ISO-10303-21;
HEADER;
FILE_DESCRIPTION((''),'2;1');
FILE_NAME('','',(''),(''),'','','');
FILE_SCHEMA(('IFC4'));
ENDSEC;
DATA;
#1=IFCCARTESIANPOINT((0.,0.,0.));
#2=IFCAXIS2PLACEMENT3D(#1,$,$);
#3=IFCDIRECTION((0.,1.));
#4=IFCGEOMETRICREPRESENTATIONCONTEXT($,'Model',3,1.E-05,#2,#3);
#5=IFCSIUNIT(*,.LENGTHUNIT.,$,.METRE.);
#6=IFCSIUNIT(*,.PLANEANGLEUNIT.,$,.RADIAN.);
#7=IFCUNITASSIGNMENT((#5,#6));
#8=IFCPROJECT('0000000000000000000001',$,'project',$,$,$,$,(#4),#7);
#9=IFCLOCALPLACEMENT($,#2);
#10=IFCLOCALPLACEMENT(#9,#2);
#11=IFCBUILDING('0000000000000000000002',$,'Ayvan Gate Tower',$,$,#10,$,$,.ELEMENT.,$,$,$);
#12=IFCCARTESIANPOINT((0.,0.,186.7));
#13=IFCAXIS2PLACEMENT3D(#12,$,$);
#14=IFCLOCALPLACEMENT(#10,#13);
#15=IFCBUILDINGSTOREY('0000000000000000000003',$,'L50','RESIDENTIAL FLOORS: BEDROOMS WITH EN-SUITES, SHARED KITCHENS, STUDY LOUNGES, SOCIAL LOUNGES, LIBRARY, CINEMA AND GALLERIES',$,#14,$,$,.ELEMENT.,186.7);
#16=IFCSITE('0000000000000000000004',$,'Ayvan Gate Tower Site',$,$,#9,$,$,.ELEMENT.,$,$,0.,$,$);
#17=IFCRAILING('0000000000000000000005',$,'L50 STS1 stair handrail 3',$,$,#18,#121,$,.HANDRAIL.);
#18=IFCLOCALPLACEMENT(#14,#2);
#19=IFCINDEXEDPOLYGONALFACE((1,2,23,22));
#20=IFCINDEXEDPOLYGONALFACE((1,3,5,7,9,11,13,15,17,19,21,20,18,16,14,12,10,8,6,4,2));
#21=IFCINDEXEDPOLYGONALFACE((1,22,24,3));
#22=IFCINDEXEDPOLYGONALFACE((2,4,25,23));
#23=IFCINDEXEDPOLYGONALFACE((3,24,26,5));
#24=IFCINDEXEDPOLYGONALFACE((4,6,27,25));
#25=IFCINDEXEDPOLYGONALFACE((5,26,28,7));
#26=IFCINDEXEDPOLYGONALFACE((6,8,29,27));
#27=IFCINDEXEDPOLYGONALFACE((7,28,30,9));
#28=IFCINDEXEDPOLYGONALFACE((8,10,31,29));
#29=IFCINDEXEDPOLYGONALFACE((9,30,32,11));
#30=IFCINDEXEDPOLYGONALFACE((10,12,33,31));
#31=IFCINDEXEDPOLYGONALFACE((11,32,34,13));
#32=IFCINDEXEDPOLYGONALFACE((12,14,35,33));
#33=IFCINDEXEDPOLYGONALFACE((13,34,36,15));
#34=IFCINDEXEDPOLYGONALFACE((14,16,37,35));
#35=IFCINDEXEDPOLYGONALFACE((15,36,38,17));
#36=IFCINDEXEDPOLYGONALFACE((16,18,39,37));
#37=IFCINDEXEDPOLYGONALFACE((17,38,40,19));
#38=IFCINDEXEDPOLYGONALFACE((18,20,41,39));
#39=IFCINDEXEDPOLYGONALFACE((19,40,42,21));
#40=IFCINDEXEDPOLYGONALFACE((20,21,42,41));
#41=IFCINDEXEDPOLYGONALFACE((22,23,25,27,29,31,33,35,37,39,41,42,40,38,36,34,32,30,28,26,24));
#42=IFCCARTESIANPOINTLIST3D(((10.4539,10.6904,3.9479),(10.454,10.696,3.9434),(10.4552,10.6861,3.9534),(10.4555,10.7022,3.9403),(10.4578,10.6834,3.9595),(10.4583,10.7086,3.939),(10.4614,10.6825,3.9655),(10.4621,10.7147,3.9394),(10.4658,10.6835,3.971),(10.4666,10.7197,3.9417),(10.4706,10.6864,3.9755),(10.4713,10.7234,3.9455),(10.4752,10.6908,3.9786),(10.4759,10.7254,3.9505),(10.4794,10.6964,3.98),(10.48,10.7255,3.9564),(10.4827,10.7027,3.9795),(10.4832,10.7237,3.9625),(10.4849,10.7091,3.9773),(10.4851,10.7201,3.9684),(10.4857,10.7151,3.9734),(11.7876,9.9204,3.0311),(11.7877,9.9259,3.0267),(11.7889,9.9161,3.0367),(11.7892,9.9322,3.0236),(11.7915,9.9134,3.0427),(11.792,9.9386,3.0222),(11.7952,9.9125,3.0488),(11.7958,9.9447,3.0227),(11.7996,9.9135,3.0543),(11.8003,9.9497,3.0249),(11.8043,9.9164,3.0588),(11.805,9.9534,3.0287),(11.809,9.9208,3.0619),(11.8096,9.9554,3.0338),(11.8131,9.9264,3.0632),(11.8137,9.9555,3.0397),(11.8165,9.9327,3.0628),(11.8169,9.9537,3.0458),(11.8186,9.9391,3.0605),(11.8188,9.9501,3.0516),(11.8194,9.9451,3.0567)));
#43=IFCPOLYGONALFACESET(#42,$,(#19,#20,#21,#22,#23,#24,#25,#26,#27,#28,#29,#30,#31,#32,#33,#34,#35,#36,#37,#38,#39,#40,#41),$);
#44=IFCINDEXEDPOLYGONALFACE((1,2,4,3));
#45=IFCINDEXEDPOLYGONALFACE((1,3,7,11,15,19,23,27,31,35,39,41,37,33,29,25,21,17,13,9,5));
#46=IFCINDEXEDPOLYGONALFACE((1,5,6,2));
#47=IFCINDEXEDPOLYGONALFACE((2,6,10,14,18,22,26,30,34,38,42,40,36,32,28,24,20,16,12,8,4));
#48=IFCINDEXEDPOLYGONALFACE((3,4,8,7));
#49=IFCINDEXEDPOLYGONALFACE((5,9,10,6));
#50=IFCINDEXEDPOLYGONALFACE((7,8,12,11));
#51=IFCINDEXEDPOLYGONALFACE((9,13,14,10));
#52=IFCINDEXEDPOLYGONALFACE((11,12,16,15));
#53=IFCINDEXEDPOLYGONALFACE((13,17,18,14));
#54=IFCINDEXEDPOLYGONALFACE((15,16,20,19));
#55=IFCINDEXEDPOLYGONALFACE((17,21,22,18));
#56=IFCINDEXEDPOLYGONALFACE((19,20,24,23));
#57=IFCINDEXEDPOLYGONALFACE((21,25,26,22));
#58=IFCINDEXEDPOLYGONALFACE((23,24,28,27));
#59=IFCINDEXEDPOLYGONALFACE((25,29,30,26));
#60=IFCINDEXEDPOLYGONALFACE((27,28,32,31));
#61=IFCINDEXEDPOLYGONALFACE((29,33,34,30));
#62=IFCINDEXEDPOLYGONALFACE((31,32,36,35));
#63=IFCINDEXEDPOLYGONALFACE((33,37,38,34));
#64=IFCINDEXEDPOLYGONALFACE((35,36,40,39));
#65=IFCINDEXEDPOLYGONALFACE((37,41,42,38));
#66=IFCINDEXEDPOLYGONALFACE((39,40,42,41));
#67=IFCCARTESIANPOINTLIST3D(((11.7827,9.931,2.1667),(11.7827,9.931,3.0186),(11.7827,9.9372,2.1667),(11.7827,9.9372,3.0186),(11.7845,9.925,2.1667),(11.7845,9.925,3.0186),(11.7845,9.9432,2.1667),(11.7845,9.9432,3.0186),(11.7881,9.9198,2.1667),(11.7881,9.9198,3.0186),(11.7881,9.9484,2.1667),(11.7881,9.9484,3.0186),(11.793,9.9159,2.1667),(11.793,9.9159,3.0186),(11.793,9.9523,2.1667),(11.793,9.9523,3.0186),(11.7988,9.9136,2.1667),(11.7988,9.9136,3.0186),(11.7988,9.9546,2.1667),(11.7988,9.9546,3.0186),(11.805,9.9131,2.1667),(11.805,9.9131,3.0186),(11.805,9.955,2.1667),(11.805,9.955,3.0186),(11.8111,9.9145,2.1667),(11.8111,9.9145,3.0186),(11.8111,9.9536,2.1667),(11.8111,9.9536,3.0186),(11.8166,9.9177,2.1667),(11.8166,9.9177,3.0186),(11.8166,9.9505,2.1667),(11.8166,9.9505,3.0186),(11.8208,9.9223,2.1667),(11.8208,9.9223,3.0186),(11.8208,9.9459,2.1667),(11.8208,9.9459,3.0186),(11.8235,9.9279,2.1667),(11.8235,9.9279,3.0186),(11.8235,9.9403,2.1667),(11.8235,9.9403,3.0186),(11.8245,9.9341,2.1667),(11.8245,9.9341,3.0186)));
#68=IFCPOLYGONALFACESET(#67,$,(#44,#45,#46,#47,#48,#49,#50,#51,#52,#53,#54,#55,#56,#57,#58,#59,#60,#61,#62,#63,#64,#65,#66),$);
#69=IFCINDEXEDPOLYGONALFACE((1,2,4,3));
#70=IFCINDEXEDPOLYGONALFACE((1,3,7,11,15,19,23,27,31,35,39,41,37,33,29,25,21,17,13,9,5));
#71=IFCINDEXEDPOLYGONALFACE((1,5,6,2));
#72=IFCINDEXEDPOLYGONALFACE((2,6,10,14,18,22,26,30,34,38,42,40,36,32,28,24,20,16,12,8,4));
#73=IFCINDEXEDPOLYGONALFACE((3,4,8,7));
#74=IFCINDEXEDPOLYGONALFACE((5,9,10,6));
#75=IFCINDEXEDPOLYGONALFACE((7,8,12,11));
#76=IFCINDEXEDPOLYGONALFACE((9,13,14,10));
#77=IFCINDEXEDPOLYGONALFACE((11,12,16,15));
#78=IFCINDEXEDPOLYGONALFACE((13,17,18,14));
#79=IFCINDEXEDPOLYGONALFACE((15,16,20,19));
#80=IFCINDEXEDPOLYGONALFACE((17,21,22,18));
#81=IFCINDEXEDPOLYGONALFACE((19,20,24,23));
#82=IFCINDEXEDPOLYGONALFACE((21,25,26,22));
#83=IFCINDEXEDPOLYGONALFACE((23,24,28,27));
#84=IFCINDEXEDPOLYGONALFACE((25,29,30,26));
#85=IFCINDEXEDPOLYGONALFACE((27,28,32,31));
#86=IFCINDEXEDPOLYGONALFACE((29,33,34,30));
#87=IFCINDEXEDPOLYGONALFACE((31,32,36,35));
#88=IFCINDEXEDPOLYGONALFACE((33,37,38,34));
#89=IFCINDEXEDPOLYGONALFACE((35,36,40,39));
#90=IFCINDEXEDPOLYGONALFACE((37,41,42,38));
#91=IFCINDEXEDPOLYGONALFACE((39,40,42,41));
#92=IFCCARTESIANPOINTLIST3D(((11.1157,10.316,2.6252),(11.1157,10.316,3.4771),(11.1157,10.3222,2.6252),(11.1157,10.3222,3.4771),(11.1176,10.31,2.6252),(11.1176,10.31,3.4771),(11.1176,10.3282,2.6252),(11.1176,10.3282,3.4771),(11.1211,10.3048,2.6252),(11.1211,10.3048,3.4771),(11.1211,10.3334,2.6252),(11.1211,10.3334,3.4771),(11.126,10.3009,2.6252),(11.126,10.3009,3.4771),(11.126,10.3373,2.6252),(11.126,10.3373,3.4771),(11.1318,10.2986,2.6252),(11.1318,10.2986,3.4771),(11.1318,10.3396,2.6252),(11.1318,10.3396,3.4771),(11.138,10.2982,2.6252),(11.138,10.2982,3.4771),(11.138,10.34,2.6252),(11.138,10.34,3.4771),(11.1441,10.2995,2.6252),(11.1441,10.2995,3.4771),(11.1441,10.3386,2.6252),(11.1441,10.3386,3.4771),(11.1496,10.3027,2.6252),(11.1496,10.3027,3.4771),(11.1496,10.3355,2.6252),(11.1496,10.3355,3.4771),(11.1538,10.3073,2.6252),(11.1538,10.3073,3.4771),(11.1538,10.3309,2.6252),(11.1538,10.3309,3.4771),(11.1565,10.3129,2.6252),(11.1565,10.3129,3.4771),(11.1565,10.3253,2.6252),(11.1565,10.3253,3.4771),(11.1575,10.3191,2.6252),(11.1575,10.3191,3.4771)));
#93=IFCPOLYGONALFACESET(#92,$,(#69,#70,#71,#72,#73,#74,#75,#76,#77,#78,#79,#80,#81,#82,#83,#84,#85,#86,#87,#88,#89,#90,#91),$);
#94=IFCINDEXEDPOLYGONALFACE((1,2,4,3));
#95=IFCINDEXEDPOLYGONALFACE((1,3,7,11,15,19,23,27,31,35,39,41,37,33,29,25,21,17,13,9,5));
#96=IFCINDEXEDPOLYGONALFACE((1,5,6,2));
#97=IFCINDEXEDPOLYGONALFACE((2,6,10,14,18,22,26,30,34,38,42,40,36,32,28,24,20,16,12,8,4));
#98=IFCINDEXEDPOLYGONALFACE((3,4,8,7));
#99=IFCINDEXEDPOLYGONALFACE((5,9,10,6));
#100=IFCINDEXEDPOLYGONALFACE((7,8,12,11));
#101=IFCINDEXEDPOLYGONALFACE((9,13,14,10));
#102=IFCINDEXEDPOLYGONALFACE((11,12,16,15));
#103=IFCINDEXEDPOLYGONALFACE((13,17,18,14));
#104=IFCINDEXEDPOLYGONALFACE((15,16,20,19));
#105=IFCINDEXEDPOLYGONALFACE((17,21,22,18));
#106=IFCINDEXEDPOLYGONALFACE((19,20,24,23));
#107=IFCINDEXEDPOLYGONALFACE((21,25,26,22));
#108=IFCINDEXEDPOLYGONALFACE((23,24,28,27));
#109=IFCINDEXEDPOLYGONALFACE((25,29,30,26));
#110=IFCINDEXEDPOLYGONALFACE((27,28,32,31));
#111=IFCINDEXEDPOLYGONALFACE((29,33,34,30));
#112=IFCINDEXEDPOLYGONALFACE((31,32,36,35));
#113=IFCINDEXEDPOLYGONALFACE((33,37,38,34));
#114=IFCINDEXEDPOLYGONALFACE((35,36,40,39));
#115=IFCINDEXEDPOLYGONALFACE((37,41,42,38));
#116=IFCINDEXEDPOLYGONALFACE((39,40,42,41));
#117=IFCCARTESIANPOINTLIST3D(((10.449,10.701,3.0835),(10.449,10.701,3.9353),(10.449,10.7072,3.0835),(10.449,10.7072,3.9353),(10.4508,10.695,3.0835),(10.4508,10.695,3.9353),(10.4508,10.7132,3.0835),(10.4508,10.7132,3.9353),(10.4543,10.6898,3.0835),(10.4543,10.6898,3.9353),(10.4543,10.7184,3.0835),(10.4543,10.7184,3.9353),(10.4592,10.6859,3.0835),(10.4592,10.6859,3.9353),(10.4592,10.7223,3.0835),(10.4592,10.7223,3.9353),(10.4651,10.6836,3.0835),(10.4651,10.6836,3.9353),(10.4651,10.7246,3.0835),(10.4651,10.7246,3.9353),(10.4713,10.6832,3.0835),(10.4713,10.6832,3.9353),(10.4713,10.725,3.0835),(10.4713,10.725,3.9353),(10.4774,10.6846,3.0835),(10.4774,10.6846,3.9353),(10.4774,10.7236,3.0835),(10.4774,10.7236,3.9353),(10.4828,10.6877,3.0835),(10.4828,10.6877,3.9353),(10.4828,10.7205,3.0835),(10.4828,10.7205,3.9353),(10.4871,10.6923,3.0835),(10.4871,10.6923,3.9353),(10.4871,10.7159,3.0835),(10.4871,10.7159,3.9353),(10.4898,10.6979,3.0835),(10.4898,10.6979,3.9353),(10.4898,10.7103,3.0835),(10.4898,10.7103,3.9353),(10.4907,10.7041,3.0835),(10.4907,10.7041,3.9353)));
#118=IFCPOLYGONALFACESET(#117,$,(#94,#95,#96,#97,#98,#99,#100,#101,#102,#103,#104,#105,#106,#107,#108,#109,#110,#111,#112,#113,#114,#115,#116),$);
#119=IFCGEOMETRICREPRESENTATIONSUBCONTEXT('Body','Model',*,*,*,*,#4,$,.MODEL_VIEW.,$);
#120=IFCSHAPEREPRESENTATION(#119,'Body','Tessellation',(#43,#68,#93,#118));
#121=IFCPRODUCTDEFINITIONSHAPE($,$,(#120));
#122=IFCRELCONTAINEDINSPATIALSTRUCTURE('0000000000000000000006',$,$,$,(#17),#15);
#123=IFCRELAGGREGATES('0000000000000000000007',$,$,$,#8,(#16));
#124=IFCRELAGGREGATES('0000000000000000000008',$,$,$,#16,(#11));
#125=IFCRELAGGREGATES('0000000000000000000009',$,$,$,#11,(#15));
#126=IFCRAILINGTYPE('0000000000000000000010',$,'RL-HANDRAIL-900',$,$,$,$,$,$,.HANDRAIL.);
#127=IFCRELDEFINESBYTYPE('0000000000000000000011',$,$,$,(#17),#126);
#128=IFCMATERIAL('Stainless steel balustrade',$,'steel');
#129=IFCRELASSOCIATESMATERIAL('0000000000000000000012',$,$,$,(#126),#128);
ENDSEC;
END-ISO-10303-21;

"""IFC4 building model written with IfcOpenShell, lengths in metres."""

from ifc_helpers import new_model, si_unit, direction, frame, origin, origin_2d, place, context, subcontext, project, spatial, circle, extrude, material, type_object, element, save


model = new_model("IFC4")

# Units and contexts
model_context = context("Model", 3, precision=1e-05, world=origin(), true_north=direction((0.0, 1.0)))
body_context = subcontext(model_context, "Body", "Model", "MODEL_VIEW")
ifc_project = project(units=[si_unit("LENGTHUNIT", "METRE"), si_unit("PLANEANGLEUNIT", "RADIAN")], contexts=[model_context])

# Site, building, storey
site_placement = place(None, origin())
site = spatial("IfcSite", under=ifc_project, at=site_placement, Name="Ayvan Gate Tower Site", CompositionType="ELEMENT", RefElevation=0.0)
building_placement = place(site_placement, origin())
building = spatial("IfcBuilding", under=site, at=building_placement, Name="Ayvan Gate Tower", CompositionType="ELEMENT")
storey_placement = place(building_placement, frame((0.0, 0.0, 186.7)))
storey = spatial("IfcBuildingStorey", under=building, at=storey_placement, Name="L50", Description="RESIDENTIAL FLOORS: BEDROOMS WITH EN-SUITES, SHARED KITCHENS, STUDY LOUNGES, SOCIAL LOUNGES, LIBRARY, CINEMA AND GALLERIES", CompositionType="ELEMENT", Elevation=186.7)

# Railing
ifc_material_1 = material(Name="Stainless steel balustrade", Category="steel")
railing_type_1 = type_object("IfcRailingType", Name="RL-HANDRAIL-900", PredefinedType="HANDRAIL", material=ifc_material_1)
railing_1_placement = place(storey_placement, frame((11.8035, 9.9341, 2.1667)))
element("IfcRailing", 1, at=railing_1_placement, inside=storey, type_object=railing_type_1, Name="L50 STS1 stair handrail 3", PredefinedType="HANDRAIL", context=body_context, shape_type="SweptSolid", body=[
    extrude(circle(Radius=0.0239, at=origin_2d()), frame((0.0, 0.0, 0.876), z_axis=(-0.744164, 0.429634, 0.511502), x_axis=(-0.499992, -0.86603, 0.0)), (0.0, 0.0, 1.0), 1.7922),
    extrude(circle(Radius=0.021, at=origin_2d()), origin(), (0.0, 0.0, 1.0), 0.8518),
    extrude(circle(Radius=0.021, at=origin_2d()), frame((-0.667, 0.385, 0.4585)), (0.0, 0.0, 1.0), 0.8518),
    extrude(circle(Radius=0.021, at=origin_2d()), frame((-1.3337, 0.77, 0.9167)), (0.0, 0.0, 1.0), 0.8518),
])

save(model, "model.ifc")
